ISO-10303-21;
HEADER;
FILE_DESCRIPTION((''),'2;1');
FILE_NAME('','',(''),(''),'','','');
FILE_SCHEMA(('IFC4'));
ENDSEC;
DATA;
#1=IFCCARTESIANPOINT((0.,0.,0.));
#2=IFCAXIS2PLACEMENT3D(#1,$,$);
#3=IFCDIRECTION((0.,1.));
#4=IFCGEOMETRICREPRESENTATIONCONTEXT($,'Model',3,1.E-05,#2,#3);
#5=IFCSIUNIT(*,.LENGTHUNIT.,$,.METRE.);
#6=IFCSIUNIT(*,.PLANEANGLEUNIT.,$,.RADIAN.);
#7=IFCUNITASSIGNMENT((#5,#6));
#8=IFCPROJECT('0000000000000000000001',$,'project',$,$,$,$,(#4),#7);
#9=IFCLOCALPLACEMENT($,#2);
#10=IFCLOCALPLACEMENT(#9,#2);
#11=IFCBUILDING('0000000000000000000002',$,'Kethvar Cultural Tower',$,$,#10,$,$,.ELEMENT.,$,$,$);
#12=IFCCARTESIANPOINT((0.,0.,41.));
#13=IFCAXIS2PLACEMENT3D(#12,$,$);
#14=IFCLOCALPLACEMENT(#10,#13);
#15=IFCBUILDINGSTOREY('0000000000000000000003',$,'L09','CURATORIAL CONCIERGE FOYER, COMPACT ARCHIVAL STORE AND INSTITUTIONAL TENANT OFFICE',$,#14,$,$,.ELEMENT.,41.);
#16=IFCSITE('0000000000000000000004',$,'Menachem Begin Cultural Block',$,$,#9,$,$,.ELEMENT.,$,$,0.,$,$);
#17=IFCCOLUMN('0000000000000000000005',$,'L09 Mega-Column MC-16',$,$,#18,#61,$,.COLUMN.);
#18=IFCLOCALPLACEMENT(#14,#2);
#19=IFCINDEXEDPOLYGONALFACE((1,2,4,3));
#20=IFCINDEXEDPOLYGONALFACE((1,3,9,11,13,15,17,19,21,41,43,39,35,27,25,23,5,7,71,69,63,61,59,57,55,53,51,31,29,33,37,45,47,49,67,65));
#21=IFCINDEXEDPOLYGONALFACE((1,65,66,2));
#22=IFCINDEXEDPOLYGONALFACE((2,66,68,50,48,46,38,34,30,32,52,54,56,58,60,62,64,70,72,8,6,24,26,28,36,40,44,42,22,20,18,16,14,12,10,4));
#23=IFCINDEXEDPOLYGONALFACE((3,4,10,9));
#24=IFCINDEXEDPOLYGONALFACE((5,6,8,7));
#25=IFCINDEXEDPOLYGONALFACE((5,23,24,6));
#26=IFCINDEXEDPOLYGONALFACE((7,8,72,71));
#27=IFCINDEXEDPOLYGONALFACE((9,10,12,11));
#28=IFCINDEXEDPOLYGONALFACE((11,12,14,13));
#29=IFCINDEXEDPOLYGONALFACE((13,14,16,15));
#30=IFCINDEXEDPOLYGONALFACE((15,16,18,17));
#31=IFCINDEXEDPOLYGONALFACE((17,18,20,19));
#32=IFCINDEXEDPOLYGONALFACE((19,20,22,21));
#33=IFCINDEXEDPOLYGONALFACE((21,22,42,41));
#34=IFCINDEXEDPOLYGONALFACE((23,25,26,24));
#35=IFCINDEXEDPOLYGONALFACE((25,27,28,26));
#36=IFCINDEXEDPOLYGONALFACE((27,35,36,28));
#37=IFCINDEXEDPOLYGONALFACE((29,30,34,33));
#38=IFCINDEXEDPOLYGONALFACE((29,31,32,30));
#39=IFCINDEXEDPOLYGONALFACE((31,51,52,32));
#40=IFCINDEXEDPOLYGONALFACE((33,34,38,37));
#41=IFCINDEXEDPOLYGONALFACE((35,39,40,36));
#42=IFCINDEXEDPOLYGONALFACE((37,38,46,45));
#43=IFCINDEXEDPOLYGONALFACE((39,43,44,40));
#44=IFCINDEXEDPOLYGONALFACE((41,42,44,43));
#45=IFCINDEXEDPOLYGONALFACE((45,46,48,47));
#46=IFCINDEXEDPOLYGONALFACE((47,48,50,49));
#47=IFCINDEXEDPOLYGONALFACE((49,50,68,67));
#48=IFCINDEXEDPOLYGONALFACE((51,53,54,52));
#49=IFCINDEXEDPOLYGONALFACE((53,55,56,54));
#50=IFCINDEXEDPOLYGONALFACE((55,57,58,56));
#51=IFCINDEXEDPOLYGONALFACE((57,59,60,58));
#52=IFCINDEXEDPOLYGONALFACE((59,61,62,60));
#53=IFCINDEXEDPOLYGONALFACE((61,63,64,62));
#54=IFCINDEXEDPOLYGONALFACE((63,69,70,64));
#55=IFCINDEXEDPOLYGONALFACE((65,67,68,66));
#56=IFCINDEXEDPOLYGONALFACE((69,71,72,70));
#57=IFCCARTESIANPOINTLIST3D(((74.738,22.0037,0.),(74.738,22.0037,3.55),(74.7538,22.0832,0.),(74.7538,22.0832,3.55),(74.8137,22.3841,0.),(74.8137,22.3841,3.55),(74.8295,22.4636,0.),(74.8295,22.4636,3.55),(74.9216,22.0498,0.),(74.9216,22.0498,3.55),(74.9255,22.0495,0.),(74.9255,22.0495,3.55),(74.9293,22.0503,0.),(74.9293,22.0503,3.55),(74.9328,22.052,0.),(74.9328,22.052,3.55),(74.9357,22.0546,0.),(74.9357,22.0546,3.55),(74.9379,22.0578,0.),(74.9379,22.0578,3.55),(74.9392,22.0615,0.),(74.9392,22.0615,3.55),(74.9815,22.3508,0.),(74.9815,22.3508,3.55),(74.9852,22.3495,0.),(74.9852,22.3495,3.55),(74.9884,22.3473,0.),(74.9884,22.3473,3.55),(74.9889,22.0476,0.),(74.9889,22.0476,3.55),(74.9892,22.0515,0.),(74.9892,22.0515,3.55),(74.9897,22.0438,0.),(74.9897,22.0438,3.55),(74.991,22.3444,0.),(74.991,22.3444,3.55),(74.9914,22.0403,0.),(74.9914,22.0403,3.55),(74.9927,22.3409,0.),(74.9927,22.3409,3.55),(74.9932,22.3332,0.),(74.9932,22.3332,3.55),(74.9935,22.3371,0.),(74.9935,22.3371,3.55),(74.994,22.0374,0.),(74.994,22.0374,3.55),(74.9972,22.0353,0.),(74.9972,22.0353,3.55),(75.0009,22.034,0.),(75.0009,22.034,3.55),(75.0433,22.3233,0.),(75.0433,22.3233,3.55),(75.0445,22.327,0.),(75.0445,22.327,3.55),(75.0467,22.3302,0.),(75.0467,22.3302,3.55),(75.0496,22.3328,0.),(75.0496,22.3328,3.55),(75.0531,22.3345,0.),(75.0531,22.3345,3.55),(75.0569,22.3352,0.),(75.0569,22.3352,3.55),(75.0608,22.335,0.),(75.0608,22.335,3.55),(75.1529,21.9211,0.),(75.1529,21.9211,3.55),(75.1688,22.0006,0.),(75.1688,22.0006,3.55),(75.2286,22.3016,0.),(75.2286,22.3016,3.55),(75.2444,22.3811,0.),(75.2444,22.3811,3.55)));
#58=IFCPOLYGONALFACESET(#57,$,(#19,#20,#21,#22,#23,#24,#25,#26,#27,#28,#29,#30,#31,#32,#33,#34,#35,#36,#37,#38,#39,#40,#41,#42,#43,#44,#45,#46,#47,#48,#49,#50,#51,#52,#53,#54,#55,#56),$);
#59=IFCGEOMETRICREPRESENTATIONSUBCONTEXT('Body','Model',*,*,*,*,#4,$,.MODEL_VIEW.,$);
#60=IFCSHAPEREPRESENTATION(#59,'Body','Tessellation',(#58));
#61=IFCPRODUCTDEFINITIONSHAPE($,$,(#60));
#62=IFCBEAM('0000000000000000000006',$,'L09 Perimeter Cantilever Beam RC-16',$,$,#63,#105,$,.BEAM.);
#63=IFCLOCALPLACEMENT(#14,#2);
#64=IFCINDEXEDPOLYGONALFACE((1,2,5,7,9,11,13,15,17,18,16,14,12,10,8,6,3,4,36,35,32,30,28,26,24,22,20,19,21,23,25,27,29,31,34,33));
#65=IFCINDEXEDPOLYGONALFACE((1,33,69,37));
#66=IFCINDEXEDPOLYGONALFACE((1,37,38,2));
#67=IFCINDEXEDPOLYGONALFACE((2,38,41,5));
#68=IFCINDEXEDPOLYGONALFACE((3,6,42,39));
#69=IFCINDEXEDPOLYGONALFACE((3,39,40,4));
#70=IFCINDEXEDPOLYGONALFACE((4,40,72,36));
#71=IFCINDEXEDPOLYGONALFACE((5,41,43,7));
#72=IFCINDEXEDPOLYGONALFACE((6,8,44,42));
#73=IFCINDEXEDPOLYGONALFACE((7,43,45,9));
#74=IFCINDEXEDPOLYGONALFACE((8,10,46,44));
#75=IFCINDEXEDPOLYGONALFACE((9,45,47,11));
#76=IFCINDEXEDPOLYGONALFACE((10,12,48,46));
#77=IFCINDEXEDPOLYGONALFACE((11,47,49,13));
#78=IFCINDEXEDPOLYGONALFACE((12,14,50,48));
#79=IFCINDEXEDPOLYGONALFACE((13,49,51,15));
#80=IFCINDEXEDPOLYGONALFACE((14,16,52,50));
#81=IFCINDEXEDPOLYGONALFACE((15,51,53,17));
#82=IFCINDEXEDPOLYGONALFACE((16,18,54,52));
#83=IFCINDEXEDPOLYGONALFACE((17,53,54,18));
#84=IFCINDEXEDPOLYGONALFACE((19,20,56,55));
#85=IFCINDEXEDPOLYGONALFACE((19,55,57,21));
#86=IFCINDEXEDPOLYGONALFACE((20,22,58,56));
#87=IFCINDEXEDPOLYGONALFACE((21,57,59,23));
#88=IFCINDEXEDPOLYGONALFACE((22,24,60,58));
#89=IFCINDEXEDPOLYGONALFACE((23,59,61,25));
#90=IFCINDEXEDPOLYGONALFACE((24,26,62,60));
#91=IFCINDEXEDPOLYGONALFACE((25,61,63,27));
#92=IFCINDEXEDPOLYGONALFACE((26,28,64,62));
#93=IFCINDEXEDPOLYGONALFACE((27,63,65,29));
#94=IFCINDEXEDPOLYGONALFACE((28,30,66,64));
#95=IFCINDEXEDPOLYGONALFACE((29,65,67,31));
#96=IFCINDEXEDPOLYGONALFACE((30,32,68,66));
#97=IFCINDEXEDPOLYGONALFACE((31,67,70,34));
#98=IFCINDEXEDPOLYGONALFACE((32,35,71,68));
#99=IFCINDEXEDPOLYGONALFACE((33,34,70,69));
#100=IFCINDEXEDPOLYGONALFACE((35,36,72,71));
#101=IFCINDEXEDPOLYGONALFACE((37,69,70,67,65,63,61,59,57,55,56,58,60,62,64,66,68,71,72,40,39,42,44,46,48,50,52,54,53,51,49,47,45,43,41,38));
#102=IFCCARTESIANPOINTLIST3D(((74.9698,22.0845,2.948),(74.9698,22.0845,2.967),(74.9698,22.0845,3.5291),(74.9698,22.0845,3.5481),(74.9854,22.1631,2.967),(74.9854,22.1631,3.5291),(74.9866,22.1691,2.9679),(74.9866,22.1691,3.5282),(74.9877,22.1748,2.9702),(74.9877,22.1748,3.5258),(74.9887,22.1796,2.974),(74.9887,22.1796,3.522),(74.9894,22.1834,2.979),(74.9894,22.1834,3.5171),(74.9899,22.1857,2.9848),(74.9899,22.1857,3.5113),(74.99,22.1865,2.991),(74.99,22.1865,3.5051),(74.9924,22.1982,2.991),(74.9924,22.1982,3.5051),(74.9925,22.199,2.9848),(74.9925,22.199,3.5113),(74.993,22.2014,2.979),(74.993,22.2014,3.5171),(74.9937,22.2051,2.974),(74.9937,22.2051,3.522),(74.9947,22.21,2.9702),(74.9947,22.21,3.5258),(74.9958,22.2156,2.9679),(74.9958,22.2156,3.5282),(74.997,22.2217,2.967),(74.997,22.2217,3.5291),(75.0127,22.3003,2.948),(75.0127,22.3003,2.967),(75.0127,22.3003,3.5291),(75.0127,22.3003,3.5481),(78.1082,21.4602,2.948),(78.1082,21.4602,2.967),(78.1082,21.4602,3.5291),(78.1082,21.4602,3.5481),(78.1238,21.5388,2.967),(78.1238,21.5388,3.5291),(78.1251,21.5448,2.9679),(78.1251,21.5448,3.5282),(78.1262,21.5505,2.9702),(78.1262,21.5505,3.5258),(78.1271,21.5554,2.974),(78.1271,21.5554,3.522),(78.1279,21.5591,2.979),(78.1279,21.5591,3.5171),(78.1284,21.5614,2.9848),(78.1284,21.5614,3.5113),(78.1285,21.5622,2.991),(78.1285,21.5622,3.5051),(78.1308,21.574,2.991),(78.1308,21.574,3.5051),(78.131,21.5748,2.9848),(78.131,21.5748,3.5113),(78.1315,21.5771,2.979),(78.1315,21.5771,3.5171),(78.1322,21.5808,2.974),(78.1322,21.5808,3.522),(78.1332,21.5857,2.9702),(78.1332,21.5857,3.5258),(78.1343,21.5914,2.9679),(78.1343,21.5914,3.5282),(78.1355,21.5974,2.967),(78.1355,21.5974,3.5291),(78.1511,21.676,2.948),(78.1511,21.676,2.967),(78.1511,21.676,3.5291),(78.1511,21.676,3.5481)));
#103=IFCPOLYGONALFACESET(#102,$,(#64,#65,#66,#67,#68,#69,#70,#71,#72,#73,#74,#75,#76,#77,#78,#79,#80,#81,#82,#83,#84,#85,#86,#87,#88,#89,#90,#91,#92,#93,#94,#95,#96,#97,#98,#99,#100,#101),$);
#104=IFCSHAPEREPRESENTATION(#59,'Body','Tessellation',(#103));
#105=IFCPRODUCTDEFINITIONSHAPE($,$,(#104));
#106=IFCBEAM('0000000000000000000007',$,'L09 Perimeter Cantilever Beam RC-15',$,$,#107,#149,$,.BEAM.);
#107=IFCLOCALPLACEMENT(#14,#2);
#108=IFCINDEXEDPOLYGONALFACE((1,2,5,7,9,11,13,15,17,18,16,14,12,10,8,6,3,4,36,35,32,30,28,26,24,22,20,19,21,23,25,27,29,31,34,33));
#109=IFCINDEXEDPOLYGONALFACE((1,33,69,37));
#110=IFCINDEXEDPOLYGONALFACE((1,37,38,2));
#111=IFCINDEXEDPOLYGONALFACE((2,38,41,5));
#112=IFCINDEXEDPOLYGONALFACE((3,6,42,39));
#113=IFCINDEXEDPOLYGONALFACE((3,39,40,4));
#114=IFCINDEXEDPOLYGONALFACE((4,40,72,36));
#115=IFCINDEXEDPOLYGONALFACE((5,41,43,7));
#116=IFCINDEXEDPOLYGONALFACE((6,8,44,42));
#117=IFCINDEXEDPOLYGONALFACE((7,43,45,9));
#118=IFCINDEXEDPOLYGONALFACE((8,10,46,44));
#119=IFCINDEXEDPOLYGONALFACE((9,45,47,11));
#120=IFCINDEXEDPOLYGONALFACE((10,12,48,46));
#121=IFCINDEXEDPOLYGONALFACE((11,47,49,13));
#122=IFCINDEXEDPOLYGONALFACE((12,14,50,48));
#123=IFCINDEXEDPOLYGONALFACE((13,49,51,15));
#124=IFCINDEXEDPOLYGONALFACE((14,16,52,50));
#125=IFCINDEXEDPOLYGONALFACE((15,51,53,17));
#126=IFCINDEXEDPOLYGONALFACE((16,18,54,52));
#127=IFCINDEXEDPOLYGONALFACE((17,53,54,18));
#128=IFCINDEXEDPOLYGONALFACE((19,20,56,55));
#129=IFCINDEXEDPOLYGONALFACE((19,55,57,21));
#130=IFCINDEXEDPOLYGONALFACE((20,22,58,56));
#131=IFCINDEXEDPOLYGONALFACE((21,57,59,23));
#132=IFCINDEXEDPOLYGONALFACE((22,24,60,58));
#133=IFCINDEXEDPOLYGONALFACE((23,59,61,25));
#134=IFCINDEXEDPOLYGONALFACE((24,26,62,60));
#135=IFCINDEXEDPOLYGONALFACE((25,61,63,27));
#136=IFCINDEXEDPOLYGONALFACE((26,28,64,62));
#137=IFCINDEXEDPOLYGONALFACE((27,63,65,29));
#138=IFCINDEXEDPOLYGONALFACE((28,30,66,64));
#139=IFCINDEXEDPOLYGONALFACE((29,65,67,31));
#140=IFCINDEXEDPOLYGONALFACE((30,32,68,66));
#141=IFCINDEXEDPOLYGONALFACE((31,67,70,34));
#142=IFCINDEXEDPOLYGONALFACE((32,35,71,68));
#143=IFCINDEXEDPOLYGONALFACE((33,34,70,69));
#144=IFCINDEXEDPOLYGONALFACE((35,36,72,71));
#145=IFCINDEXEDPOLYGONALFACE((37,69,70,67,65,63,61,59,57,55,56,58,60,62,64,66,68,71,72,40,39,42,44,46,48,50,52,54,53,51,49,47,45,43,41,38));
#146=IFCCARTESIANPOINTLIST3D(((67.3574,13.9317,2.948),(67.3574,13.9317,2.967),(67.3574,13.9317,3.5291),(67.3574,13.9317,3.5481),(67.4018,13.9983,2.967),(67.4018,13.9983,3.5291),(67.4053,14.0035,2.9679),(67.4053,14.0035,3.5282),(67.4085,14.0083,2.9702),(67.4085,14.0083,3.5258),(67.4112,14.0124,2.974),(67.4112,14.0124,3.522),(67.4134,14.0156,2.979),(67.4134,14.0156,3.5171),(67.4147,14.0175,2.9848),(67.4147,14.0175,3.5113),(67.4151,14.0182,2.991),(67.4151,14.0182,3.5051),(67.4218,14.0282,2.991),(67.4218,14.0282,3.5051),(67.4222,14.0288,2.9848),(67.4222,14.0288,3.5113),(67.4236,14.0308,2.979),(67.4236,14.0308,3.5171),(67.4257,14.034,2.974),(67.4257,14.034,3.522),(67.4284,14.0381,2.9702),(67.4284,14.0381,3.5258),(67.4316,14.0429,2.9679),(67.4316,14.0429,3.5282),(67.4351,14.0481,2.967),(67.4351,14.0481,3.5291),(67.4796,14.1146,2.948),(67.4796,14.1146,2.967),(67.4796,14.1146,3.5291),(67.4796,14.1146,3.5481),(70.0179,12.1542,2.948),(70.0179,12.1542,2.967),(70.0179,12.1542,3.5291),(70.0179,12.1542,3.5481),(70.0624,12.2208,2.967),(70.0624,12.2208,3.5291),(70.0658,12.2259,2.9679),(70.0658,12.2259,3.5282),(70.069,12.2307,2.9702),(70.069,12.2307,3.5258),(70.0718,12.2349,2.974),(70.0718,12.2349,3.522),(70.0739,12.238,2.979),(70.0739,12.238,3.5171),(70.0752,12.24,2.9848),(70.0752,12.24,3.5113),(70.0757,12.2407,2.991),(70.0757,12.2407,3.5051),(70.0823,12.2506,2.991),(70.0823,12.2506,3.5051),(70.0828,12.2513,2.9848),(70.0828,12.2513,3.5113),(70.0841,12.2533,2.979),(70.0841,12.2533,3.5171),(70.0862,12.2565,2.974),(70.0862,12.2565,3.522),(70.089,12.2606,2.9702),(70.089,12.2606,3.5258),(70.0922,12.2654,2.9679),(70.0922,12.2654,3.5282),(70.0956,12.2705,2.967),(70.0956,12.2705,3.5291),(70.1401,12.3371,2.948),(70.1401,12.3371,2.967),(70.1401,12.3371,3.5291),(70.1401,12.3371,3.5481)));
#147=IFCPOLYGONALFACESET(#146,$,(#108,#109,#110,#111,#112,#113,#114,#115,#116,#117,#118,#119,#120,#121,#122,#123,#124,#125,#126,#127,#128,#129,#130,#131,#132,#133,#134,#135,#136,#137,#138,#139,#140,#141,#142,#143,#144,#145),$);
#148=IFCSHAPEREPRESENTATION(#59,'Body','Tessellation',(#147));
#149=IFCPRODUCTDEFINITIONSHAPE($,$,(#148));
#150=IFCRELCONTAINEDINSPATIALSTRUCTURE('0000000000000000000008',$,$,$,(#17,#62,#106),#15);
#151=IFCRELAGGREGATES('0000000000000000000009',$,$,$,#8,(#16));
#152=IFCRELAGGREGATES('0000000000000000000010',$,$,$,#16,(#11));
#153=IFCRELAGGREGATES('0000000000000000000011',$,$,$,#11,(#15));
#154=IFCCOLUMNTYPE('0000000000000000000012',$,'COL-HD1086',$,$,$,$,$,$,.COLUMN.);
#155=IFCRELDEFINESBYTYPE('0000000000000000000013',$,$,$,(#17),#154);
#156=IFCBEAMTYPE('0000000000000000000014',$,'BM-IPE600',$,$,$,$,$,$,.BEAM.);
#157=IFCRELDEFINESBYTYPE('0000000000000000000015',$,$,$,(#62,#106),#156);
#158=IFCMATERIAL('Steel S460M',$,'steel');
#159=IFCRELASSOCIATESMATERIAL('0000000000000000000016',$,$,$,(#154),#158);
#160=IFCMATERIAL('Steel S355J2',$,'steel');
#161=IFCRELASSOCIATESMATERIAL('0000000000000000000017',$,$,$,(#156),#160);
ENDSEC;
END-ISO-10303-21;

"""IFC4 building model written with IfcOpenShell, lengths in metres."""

from ifc_helpers import new_model, si_unit, direction, frame, origin, origin_2d, place, context, subcontext, project, spatial, i_section, extrude, source, transform, mapped, material, material_profile, profile_set, type_object, element, save


model = new_model("IFC4")

# Units and contexts
model_context = context("Model", 3, precision=1e-05, world=origin(), true_north=direction((0.0, 1.0)))
body_context = subcontext(model_context, "Body", "Model", "MODEL_VIEW")
ifc_project = project(units=[si_unit("LENGTHUNIT", "METRE"), si_unit("PLANEANGLEUNIT", "RADIAN")], contexts=[model_context])

# Site, building, storey
site_placement = place(None, origin())
site = spatial("IfcSite", under=ifc_project, at=site_placement, Name="Menachem Begin Cultural Block", CompositionType="ELEMENT", RefElevation=0.0)
building_placement = place(site_placement, origin())
building = spatial("IfcBuilding", under=site, at=building_placement, Name="Kethvar Cultural Tower", CompositionType="ELEMENT")
storey_placement = place(building_placement, frame((0.0, 0.0, 41.0)))
storey = spatial("IfcBuildingStorey", under=building, at=storey_placement, Name="L09", Description="CURATORIAL CONCIERGE FOYER, COMPACT ARCHIVAL STORE AND INSTITUTIONAL TENANT OFFICE", CompositionType="ELEMENT", Elevation=41.0)

# Column
ifc_material_1 = material(Name="Steel S460M", Category="steel")
ifc_material_profile_1 = material_profile(ifc_material_1, i_section(OverallWidth=0.4231, OverallDepth=0.469, WebThickness=0.051, FlangeThickness=0.0811, FilletRadius=0.0149, at=origin_2d()), Name="Steel S460M — HD400x1086")
ifc_profile_set_1 = profile_set([ifc_material_profile_1], Name="Steel S460M — HD400x1086")
column_type = type_object("IfcColumnType", Name="COL-HD1086", PredefinedType="COLUMN", material=ifc_profile_set_1)
shared_shape_1 = source(origin(), body_context, "Body", "SweptSolid", [
    extrude(i_section(OverallWidth=0.4231, OverallDepth=0.469, WebThickness=0.051, FlangeThickness=0.0811, FilletRadius=0.0149, at=origin_2d()), origin(), (0.0, 0.0, 1.0), 3.55),
])
column_placement = place(storey_placement, frame((74.9912, 22.1924, 0.0), z_axis=(0.0, 0.0, 1.0), x_axis=(0.980785, -0.19509, 0.0)))
element("IfcColumn", 1, at=column_placement, inside=storey, type_object=column_type, Name="L09 Mega-Column MC-16", PredefinedType="COLUMN", context=body_context, shape_type="MappedRepresentation", body=[
    mapped(shared_shape_1, transform((0.0, 0.0, 0.0), scale=1.0)),
])

# Beams
ifc_material_2 = material(Name="Steel S355J2", Category="steel")
ifc_material_profile_2 = material_profile(ifc_material_2, i_section(OverallWidth=0.22, OverallDepth=0.6001, WebThickness=0.012, FlangeThickness=0.019, FilletRadius=0.0239, at=origin_2d()), Name="Steel S355J2 — IPE600")
ifc_profile_set_2 = profile_set([ifc_material_profile_2], Name="Steel S355J2 — IPE600")
beam_type_1 = type_object("IfcBeamType", Name="BM-IPE600", PredefinedType="BEAM", material=ifc_profile_set_2)
shared_shape_2 = source(origin(), body_context, "Body", "SweptSolid", [
    extrude(i_section(OverallWidth=0.22, OverallDepth=0.6001, WebThickness=0.012, FlangeThickness=0.019, FilletRadius=0.0239, at=origin_2d()), origin(), (0.0, 0.0, 1.0), 3.2),
])
beam_1_placement = place(storey_placement, frame((74.9912, 22.1924, 3.248), z_axis=(0.980786, -0.195089, 0.0), x_axis=(0.195089, 0.980786, 0.0)))
element("IfcBeam", 2, at=beam_1_placement, inside=storey, type_object=beam_type_1, Name="L09 Perimeter Cantilever Beam RC-16", PredefinedType="BEAM", context=body_context, shape_type="MappedRepresentation", body=[
    mapped(shared_shape_2, transform((0.0, 0.0, 0.0), scale=1.0)),
])
shared_shape_3 = source(origin(), body_context, "Body", "SweptSolid", [
    extrude(i_section(OverallWidth=0.22, OverallDepth=0.6001, WebThickness=0.012, FlangeThickness=0.019, FilletRadius=0.0239, at=origin_2d()), origin(), (0.0, 0.0, 1.0), 3.1997),
])
beam_2_placement = place(storey_placement, frame((67.4185, 14.0232, 3.248), z_axis=(0.831498, -0.555527, 0.0), x_axis=(0.555527, 0.831498, 0.0)))
element("IfcBeam", 3, at=beam_2_placement, inside=storey, type_object=beam_type_1, Name="L09 Perimeter Cantilever Beam RC-15", PredefinedType="BEAM", context=body_context, shape_type="MappedRepresentation", body=[
    mapped(shared_shape_3, transform((0.0, 0.0, 0.0), scale=1.0)),
])

save(model, "model.ifc")
